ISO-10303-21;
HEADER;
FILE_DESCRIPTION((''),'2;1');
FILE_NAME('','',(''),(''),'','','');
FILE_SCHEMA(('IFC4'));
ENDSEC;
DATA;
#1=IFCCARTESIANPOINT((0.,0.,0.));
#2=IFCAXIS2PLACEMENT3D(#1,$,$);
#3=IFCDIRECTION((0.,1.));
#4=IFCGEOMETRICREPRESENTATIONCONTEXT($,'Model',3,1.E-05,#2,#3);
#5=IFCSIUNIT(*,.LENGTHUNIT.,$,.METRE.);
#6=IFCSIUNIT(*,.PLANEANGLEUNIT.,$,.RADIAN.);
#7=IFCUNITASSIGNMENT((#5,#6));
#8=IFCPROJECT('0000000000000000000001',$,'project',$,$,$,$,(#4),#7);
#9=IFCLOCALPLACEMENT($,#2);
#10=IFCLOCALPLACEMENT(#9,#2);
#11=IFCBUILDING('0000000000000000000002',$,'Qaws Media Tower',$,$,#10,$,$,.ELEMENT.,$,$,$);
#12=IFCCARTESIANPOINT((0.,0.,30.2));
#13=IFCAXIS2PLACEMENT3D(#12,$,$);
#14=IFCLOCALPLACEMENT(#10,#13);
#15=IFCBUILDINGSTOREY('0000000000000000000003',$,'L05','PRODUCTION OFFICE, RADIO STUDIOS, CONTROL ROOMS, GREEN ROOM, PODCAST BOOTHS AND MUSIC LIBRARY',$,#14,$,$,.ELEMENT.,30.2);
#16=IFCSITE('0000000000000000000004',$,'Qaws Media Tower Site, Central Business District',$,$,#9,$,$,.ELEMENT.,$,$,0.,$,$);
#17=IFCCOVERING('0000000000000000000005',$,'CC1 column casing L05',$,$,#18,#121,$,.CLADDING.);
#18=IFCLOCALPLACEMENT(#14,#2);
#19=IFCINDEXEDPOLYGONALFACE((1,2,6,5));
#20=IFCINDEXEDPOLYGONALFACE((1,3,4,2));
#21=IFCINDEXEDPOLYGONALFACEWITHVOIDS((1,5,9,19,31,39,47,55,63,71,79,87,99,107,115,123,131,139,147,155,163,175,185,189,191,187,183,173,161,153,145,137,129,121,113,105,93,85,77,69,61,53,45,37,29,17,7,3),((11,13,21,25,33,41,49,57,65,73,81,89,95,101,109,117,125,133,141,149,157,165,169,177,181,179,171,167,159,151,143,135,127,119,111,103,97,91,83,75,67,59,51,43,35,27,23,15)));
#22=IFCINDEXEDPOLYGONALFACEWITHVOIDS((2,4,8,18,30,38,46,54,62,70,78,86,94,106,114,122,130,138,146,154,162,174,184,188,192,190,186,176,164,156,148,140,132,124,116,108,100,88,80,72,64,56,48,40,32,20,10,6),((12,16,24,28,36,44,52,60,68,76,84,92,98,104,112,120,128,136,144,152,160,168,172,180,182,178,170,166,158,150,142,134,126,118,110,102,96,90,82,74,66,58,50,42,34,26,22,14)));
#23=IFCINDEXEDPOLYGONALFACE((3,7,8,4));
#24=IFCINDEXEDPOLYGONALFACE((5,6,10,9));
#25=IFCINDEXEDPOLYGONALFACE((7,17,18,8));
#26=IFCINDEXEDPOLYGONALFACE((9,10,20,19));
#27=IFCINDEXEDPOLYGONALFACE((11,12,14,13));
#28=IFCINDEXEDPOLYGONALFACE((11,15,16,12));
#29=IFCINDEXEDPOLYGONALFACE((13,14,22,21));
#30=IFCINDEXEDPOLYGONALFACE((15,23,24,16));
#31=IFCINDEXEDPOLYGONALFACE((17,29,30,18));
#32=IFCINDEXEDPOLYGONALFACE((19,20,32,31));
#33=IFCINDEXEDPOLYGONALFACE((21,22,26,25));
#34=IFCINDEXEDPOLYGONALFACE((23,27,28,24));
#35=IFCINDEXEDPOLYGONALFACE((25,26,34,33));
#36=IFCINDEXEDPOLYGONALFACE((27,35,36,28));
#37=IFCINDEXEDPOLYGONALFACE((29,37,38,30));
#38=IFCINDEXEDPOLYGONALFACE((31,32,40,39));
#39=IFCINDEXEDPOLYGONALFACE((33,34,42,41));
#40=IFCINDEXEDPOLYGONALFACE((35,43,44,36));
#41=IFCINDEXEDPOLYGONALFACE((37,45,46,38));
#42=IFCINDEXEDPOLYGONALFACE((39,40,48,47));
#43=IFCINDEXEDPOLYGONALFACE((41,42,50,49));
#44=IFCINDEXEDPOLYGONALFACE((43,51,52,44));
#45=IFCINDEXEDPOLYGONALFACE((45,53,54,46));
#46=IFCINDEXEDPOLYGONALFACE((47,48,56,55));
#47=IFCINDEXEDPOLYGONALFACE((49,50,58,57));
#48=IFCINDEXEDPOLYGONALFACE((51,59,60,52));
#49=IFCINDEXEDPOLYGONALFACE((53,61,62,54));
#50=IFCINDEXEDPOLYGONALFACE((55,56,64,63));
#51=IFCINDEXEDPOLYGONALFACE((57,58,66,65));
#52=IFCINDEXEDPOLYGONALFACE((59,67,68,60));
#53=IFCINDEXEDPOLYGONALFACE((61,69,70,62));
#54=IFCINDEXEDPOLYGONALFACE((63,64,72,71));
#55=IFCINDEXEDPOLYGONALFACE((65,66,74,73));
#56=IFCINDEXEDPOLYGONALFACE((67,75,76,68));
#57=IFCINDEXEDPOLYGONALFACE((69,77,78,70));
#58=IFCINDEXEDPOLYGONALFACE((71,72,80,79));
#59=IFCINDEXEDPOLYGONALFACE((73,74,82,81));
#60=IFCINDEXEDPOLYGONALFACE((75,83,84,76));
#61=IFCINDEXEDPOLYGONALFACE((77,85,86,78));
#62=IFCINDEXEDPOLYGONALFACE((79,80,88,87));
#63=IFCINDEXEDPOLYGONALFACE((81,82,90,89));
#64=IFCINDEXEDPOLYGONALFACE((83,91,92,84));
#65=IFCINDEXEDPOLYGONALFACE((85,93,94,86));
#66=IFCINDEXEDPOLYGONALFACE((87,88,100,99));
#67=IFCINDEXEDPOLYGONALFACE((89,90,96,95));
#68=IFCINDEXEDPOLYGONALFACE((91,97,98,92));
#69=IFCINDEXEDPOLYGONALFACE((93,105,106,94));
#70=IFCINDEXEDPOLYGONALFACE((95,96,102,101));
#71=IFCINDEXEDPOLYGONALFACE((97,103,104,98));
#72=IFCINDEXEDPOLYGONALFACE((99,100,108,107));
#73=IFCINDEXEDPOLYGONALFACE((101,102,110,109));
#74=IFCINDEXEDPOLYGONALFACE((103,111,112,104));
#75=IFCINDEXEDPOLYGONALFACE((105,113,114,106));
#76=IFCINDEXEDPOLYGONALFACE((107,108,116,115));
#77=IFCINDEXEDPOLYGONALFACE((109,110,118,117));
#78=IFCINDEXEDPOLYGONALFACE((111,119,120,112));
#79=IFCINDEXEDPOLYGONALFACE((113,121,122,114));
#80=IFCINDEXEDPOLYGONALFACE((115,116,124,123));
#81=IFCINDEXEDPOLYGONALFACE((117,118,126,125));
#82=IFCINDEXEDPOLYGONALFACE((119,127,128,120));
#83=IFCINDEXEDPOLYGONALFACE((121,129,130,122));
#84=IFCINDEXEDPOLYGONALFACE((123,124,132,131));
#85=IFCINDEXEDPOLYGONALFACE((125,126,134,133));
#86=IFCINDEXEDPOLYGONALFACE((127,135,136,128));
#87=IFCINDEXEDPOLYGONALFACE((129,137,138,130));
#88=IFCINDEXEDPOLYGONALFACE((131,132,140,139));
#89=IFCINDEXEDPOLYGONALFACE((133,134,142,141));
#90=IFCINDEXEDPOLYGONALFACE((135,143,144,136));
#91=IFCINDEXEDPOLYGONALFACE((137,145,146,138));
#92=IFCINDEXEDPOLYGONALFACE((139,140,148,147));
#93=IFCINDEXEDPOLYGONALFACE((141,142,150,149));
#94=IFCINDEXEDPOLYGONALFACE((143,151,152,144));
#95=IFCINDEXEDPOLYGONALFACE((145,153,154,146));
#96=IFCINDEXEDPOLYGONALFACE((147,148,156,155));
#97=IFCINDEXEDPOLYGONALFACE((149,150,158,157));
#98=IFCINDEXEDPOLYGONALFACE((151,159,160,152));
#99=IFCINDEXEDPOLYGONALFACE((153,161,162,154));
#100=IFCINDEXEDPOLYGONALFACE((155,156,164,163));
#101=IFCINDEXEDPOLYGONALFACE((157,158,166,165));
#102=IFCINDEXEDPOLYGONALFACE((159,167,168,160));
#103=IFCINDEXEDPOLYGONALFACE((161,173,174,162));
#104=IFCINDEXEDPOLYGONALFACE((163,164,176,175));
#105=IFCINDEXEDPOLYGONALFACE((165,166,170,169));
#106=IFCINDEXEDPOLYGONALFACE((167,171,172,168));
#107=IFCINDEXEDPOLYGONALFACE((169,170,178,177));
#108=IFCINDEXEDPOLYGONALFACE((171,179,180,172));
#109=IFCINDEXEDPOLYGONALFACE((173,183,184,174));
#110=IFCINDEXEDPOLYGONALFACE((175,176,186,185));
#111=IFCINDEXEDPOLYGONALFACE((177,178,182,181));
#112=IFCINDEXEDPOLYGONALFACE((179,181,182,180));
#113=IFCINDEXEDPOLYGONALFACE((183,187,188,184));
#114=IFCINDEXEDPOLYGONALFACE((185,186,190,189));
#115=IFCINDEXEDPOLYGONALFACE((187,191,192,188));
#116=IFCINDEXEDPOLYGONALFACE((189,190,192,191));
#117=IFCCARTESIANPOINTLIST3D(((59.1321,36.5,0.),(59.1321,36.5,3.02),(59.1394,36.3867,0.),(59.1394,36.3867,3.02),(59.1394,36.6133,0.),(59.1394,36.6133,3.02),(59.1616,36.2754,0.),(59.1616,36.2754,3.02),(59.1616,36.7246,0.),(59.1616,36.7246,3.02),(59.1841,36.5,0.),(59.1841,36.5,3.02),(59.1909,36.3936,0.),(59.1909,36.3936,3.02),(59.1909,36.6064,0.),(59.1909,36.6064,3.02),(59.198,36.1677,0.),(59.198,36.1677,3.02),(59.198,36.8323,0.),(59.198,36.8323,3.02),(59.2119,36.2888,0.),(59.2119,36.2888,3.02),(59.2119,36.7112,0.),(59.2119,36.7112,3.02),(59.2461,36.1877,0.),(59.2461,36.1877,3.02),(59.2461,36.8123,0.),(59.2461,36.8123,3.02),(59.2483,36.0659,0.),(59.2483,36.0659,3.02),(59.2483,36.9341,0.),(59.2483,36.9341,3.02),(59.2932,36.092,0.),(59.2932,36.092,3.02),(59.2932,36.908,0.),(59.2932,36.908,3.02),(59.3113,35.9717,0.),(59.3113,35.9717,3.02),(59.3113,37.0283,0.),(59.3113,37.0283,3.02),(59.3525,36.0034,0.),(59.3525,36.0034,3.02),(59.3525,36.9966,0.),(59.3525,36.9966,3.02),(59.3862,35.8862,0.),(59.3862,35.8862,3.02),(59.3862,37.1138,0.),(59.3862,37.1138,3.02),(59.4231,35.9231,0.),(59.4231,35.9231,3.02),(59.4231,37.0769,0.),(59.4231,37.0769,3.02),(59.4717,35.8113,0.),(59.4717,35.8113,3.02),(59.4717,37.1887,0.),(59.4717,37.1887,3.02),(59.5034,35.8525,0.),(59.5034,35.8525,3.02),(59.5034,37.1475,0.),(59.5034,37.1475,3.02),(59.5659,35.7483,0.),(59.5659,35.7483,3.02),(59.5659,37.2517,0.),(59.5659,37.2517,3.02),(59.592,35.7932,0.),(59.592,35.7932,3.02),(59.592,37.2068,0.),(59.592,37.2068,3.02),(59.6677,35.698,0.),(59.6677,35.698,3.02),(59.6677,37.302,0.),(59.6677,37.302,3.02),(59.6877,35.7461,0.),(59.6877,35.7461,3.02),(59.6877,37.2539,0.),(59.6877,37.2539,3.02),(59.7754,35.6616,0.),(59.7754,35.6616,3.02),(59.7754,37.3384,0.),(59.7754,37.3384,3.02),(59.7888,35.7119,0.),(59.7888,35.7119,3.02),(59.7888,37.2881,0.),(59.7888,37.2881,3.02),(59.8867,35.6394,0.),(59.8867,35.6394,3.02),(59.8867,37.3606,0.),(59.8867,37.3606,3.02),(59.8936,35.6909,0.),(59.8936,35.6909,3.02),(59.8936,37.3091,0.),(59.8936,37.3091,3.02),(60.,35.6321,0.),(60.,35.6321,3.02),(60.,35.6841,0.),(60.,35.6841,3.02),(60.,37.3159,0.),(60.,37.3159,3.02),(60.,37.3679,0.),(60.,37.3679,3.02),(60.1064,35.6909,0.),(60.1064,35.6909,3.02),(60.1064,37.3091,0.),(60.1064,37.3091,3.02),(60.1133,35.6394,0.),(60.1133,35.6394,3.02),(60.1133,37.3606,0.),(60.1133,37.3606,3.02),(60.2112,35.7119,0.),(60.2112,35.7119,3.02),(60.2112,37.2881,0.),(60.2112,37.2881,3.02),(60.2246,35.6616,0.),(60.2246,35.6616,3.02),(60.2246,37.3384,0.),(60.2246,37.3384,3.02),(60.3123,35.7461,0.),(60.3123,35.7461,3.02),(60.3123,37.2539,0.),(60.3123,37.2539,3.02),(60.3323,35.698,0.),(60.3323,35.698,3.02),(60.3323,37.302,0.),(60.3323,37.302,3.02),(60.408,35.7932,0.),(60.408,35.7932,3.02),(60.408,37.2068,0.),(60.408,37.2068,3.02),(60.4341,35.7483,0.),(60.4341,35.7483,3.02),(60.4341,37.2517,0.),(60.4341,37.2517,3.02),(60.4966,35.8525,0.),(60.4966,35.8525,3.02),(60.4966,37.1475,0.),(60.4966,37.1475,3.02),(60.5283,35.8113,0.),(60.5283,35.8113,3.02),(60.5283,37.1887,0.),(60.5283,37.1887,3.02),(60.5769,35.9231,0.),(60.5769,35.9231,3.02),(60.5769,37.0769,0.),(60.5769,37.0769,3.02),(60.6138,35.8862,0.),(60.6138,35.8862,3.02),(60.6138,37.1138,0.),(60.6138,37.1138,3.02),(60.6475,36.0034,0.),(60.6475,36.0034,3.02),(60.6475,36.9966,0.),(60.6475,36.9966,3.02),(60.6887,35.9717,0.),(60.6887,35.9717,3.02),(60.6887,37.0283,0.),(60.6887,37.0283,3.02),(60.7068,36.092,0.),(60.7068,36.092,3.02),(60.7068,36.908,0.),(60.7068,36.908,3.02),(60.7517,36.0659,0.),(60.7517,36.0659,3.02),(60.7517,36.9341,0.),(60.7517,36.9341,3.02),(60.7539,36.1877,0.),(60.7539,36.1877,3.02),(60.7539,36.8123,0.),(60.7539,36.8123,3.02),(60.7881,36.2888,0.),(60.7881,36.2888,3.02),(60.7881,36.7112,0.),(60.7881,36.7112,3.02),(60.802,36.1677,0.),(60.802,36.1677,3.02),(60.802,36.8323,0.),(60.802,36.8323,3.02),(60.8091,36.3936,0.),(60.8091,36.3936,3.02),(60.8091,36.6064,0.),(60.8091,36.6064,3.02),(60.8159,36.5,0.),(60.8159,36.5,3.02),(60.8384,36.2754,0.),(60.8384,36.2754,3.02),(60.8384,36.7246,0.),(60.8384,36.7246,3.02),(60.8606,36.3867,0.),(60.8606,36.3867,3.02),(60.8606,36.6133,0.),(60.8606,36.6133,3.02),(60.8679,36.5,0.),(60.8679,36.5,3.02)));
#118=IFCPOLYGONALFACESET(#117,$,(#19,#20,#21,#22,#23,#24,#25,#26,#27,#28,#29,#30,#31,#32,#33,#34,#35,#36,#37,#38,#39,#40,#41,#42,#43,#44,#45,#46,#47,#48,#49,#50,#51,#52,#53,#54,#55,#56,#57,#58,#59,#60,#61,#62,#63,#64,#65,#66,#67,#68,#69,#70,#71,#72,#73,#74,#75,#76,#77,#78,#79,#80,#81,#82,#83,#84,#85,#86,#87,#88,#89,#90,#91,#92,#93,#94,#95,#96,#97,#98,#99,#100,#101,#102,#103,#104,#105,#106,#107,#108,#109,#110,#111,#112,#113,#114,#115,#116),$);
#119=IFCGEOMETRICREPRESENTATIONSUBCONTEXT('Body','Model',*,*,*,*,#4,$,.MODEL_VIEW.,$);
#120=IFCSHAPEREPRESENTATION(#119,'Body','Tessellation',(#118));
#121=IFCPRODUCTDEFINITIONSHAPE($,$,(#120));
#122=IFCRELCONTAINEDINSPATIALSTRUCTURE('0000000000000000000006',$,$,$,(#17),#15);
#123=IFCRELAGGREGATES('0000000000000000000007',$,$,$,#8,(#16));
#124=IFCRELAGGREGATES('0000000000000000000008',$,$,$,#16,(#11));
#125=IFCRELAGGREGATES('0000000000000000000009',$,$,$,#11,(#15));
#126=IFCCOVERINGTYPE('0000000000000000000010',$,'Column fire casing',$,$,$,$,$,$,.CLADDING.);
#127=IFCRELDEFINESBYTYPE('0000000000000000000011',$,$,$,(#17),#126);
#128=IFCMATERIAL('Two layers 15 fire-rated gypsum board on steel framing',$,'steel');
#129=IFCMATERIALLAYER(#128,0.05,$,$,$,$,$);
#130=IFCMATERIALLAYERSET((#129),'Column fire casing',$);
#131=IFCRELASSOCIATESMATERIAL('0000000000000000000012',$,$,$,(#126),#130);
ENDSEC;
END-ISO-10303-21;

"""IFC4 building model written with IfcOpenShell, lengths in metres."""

from ifc_helpers import new_model, si_unit, direction, frame, origin, place, context, subcontext, project, spatial, polyline, outline, extrude, material, layer, layer_set, type_object, element, save


model = new_model("IFC4")

# Units and contexts
model_context = context("Model", 3, precision=1e-05, world=origin(), true_north=direction((0.0, 1.0)))
body_context = subcontext(model_context, "Body", "Model", "MODEL_VIEW")
ifc_project = project(units=[si_unit("LENGTHUNIT", "METRE"), si_unit("PLANEANGLEUNIT", "RADIAN")], contexts=[model_context])

# Site, building, storey
site_placement = place(None, origin())
site = spatial("IfcSite", under=ifc_project, at=site_placement, Name="Qaws Media Tower Site, Central Business District", CompositionType="ELEMENT", RefElevation=0.0)
building_placement = place(site_placement, origin())
building = spatial("IfcBuilding", under=site, at=building_placement, Name="Qaws Media Tower", CompositionType="ELEMENT")
storey_placement = place(building_placement, frame((0.0, 0.0, 30.2)))
storey = spatial("IfcBuildingStorey", under=building, at=storey_placement, Name="L05", Description="PRODUCTION OFFICE, RADIO STUDIOS, CONTROL ROOMS, GREEN ROOM, PODCAST BOOTHS AND MUSIC LIBRARY", CompositionType="ELEMENT", Elevation=30.2)

# Covering
ifc_material_1 = material(Name="Two layers 15 fire-rated gypsum board on steel framing", Category="steel")
ifc_layer_1 = layer(ifc_material_1, 0.05)
ifc_layer_set_1 = layer_set([ifc_layer_1], Name="Column fire casing")
covering_type = type_object("IfcCoveringType", Name="Column fire casing", PredefinedType="CLADDING", material=ifc_layer_set_1)
covering_1_placement = place(storey_placement, origin())
element("IfcCovering", 1, at=covering_1_placement, inside=storey, type_object=covering_type, Name="CC1 column casing L05", PredefinedType="CLADDING", context=body_context, shape_type="SweptSolid", body=[
    extrude(outline(polyline([(60.8679, 36.5), (60.8606, 36.3867), (60.8384, 36.2754), (60.802, 36.1677), (60.7517, 36.0659), (60.6887, 35.9717), (60.6138, 35.8862), (60.5283, 35.8113), (60.4341, 35.7483), (60.3323, 35.698), (60.2246, 35.6616), (60.1133, 35.6394), (60.0, 35.6321), (59.8867, 35.6394), (59.7754, 35.6616), (59.6677, 35.698), (59.5659, 35.7483), (59.4717, 35.8113), (59.3862, 35.8862), (59.3113, 35.9717), (59.2483, 36.0659), (59.198, 36.1677), (59.1616, 36.2754), (59.1394, 36.3867), (59.1321, 36.5), (59.1394, 36.6133), (59.1616, 36.7246), (59.198, 36.8323), (59.2483, 36.9341), (59.3113, 37.0283), (59.3862, 37.1138), (59.4717, 37.1887), (59.5659, 37.2517), (59.6677, 37.302), (59.7754, 37.3384), (59.8867, 37.3606), (60.0, 37.3679), (60.1133, 37.3606), (60.2246, 37.3384), (60.3323, 37.302), (60.4341, 37.2517), (60.5283, 37.1887), (60.6138, 37.1138), (60.6887, 37.0283), (60.7517, 36.9341), (60.802, 36.8323), (60.8384, 36.7246), (60.8606, 36.6133), (60.8679, 36.5)]), holes=[polyline([(60.8159, 36.5), (60.8091, 36.3936), (60.7881, 36.2888), (60.7539, 36.1877), (60.7068, 36.092), (60.6475, 36.0034), (60.5769, 35.9231), (60.4966, 35.8525), (60.408, 35.7932), (60.3123, 35.7461), (60.2112, 35.7119), (60.1064, 35.6909), (60.0, 35.6841), (59.8936, 35.6909), (59.7888, 35.7119), (59.6877, 35.7461), (59.592, 35.7932), (59.5034, 35.8525), (59.4231, 35.9231), (59.3525, 36.0034), (59.2932, 36.092), (59.2461, 36.1877), (59.2119, 36.2888), (59.1909, 36.3936), (59.1841, 36.5), (59.1909, 36.6064), (59.2119, 36.7112), (59.2461, 36.8123), (59.2932, 36.908), (59.3525, 36.9966), (59.4231, 37.0769), (59.5034, 37.1475), (59.592, 37.2068), (59.6877, 37.2539), (59.7888, 37.2881), (59.8936, 37.3091), (60.0, 37.3159), (60.1064, 37.3091), (60.2112, 37.2881), (60.3123, 37.2539), (60.408, 37.2068), (60.4966, 37.1475), (60.5769, 37.0769), (60.6475, 36.9966), (60.7068, 36.908), (60.7539, 36.8123), (60.7881, 36.7112), (60.8091, 36.6064), (60.8159, 36.5)])]), origin(), (0.0, 0.0, 1.0), 3.02),
])

save(model, "model.ifc")
